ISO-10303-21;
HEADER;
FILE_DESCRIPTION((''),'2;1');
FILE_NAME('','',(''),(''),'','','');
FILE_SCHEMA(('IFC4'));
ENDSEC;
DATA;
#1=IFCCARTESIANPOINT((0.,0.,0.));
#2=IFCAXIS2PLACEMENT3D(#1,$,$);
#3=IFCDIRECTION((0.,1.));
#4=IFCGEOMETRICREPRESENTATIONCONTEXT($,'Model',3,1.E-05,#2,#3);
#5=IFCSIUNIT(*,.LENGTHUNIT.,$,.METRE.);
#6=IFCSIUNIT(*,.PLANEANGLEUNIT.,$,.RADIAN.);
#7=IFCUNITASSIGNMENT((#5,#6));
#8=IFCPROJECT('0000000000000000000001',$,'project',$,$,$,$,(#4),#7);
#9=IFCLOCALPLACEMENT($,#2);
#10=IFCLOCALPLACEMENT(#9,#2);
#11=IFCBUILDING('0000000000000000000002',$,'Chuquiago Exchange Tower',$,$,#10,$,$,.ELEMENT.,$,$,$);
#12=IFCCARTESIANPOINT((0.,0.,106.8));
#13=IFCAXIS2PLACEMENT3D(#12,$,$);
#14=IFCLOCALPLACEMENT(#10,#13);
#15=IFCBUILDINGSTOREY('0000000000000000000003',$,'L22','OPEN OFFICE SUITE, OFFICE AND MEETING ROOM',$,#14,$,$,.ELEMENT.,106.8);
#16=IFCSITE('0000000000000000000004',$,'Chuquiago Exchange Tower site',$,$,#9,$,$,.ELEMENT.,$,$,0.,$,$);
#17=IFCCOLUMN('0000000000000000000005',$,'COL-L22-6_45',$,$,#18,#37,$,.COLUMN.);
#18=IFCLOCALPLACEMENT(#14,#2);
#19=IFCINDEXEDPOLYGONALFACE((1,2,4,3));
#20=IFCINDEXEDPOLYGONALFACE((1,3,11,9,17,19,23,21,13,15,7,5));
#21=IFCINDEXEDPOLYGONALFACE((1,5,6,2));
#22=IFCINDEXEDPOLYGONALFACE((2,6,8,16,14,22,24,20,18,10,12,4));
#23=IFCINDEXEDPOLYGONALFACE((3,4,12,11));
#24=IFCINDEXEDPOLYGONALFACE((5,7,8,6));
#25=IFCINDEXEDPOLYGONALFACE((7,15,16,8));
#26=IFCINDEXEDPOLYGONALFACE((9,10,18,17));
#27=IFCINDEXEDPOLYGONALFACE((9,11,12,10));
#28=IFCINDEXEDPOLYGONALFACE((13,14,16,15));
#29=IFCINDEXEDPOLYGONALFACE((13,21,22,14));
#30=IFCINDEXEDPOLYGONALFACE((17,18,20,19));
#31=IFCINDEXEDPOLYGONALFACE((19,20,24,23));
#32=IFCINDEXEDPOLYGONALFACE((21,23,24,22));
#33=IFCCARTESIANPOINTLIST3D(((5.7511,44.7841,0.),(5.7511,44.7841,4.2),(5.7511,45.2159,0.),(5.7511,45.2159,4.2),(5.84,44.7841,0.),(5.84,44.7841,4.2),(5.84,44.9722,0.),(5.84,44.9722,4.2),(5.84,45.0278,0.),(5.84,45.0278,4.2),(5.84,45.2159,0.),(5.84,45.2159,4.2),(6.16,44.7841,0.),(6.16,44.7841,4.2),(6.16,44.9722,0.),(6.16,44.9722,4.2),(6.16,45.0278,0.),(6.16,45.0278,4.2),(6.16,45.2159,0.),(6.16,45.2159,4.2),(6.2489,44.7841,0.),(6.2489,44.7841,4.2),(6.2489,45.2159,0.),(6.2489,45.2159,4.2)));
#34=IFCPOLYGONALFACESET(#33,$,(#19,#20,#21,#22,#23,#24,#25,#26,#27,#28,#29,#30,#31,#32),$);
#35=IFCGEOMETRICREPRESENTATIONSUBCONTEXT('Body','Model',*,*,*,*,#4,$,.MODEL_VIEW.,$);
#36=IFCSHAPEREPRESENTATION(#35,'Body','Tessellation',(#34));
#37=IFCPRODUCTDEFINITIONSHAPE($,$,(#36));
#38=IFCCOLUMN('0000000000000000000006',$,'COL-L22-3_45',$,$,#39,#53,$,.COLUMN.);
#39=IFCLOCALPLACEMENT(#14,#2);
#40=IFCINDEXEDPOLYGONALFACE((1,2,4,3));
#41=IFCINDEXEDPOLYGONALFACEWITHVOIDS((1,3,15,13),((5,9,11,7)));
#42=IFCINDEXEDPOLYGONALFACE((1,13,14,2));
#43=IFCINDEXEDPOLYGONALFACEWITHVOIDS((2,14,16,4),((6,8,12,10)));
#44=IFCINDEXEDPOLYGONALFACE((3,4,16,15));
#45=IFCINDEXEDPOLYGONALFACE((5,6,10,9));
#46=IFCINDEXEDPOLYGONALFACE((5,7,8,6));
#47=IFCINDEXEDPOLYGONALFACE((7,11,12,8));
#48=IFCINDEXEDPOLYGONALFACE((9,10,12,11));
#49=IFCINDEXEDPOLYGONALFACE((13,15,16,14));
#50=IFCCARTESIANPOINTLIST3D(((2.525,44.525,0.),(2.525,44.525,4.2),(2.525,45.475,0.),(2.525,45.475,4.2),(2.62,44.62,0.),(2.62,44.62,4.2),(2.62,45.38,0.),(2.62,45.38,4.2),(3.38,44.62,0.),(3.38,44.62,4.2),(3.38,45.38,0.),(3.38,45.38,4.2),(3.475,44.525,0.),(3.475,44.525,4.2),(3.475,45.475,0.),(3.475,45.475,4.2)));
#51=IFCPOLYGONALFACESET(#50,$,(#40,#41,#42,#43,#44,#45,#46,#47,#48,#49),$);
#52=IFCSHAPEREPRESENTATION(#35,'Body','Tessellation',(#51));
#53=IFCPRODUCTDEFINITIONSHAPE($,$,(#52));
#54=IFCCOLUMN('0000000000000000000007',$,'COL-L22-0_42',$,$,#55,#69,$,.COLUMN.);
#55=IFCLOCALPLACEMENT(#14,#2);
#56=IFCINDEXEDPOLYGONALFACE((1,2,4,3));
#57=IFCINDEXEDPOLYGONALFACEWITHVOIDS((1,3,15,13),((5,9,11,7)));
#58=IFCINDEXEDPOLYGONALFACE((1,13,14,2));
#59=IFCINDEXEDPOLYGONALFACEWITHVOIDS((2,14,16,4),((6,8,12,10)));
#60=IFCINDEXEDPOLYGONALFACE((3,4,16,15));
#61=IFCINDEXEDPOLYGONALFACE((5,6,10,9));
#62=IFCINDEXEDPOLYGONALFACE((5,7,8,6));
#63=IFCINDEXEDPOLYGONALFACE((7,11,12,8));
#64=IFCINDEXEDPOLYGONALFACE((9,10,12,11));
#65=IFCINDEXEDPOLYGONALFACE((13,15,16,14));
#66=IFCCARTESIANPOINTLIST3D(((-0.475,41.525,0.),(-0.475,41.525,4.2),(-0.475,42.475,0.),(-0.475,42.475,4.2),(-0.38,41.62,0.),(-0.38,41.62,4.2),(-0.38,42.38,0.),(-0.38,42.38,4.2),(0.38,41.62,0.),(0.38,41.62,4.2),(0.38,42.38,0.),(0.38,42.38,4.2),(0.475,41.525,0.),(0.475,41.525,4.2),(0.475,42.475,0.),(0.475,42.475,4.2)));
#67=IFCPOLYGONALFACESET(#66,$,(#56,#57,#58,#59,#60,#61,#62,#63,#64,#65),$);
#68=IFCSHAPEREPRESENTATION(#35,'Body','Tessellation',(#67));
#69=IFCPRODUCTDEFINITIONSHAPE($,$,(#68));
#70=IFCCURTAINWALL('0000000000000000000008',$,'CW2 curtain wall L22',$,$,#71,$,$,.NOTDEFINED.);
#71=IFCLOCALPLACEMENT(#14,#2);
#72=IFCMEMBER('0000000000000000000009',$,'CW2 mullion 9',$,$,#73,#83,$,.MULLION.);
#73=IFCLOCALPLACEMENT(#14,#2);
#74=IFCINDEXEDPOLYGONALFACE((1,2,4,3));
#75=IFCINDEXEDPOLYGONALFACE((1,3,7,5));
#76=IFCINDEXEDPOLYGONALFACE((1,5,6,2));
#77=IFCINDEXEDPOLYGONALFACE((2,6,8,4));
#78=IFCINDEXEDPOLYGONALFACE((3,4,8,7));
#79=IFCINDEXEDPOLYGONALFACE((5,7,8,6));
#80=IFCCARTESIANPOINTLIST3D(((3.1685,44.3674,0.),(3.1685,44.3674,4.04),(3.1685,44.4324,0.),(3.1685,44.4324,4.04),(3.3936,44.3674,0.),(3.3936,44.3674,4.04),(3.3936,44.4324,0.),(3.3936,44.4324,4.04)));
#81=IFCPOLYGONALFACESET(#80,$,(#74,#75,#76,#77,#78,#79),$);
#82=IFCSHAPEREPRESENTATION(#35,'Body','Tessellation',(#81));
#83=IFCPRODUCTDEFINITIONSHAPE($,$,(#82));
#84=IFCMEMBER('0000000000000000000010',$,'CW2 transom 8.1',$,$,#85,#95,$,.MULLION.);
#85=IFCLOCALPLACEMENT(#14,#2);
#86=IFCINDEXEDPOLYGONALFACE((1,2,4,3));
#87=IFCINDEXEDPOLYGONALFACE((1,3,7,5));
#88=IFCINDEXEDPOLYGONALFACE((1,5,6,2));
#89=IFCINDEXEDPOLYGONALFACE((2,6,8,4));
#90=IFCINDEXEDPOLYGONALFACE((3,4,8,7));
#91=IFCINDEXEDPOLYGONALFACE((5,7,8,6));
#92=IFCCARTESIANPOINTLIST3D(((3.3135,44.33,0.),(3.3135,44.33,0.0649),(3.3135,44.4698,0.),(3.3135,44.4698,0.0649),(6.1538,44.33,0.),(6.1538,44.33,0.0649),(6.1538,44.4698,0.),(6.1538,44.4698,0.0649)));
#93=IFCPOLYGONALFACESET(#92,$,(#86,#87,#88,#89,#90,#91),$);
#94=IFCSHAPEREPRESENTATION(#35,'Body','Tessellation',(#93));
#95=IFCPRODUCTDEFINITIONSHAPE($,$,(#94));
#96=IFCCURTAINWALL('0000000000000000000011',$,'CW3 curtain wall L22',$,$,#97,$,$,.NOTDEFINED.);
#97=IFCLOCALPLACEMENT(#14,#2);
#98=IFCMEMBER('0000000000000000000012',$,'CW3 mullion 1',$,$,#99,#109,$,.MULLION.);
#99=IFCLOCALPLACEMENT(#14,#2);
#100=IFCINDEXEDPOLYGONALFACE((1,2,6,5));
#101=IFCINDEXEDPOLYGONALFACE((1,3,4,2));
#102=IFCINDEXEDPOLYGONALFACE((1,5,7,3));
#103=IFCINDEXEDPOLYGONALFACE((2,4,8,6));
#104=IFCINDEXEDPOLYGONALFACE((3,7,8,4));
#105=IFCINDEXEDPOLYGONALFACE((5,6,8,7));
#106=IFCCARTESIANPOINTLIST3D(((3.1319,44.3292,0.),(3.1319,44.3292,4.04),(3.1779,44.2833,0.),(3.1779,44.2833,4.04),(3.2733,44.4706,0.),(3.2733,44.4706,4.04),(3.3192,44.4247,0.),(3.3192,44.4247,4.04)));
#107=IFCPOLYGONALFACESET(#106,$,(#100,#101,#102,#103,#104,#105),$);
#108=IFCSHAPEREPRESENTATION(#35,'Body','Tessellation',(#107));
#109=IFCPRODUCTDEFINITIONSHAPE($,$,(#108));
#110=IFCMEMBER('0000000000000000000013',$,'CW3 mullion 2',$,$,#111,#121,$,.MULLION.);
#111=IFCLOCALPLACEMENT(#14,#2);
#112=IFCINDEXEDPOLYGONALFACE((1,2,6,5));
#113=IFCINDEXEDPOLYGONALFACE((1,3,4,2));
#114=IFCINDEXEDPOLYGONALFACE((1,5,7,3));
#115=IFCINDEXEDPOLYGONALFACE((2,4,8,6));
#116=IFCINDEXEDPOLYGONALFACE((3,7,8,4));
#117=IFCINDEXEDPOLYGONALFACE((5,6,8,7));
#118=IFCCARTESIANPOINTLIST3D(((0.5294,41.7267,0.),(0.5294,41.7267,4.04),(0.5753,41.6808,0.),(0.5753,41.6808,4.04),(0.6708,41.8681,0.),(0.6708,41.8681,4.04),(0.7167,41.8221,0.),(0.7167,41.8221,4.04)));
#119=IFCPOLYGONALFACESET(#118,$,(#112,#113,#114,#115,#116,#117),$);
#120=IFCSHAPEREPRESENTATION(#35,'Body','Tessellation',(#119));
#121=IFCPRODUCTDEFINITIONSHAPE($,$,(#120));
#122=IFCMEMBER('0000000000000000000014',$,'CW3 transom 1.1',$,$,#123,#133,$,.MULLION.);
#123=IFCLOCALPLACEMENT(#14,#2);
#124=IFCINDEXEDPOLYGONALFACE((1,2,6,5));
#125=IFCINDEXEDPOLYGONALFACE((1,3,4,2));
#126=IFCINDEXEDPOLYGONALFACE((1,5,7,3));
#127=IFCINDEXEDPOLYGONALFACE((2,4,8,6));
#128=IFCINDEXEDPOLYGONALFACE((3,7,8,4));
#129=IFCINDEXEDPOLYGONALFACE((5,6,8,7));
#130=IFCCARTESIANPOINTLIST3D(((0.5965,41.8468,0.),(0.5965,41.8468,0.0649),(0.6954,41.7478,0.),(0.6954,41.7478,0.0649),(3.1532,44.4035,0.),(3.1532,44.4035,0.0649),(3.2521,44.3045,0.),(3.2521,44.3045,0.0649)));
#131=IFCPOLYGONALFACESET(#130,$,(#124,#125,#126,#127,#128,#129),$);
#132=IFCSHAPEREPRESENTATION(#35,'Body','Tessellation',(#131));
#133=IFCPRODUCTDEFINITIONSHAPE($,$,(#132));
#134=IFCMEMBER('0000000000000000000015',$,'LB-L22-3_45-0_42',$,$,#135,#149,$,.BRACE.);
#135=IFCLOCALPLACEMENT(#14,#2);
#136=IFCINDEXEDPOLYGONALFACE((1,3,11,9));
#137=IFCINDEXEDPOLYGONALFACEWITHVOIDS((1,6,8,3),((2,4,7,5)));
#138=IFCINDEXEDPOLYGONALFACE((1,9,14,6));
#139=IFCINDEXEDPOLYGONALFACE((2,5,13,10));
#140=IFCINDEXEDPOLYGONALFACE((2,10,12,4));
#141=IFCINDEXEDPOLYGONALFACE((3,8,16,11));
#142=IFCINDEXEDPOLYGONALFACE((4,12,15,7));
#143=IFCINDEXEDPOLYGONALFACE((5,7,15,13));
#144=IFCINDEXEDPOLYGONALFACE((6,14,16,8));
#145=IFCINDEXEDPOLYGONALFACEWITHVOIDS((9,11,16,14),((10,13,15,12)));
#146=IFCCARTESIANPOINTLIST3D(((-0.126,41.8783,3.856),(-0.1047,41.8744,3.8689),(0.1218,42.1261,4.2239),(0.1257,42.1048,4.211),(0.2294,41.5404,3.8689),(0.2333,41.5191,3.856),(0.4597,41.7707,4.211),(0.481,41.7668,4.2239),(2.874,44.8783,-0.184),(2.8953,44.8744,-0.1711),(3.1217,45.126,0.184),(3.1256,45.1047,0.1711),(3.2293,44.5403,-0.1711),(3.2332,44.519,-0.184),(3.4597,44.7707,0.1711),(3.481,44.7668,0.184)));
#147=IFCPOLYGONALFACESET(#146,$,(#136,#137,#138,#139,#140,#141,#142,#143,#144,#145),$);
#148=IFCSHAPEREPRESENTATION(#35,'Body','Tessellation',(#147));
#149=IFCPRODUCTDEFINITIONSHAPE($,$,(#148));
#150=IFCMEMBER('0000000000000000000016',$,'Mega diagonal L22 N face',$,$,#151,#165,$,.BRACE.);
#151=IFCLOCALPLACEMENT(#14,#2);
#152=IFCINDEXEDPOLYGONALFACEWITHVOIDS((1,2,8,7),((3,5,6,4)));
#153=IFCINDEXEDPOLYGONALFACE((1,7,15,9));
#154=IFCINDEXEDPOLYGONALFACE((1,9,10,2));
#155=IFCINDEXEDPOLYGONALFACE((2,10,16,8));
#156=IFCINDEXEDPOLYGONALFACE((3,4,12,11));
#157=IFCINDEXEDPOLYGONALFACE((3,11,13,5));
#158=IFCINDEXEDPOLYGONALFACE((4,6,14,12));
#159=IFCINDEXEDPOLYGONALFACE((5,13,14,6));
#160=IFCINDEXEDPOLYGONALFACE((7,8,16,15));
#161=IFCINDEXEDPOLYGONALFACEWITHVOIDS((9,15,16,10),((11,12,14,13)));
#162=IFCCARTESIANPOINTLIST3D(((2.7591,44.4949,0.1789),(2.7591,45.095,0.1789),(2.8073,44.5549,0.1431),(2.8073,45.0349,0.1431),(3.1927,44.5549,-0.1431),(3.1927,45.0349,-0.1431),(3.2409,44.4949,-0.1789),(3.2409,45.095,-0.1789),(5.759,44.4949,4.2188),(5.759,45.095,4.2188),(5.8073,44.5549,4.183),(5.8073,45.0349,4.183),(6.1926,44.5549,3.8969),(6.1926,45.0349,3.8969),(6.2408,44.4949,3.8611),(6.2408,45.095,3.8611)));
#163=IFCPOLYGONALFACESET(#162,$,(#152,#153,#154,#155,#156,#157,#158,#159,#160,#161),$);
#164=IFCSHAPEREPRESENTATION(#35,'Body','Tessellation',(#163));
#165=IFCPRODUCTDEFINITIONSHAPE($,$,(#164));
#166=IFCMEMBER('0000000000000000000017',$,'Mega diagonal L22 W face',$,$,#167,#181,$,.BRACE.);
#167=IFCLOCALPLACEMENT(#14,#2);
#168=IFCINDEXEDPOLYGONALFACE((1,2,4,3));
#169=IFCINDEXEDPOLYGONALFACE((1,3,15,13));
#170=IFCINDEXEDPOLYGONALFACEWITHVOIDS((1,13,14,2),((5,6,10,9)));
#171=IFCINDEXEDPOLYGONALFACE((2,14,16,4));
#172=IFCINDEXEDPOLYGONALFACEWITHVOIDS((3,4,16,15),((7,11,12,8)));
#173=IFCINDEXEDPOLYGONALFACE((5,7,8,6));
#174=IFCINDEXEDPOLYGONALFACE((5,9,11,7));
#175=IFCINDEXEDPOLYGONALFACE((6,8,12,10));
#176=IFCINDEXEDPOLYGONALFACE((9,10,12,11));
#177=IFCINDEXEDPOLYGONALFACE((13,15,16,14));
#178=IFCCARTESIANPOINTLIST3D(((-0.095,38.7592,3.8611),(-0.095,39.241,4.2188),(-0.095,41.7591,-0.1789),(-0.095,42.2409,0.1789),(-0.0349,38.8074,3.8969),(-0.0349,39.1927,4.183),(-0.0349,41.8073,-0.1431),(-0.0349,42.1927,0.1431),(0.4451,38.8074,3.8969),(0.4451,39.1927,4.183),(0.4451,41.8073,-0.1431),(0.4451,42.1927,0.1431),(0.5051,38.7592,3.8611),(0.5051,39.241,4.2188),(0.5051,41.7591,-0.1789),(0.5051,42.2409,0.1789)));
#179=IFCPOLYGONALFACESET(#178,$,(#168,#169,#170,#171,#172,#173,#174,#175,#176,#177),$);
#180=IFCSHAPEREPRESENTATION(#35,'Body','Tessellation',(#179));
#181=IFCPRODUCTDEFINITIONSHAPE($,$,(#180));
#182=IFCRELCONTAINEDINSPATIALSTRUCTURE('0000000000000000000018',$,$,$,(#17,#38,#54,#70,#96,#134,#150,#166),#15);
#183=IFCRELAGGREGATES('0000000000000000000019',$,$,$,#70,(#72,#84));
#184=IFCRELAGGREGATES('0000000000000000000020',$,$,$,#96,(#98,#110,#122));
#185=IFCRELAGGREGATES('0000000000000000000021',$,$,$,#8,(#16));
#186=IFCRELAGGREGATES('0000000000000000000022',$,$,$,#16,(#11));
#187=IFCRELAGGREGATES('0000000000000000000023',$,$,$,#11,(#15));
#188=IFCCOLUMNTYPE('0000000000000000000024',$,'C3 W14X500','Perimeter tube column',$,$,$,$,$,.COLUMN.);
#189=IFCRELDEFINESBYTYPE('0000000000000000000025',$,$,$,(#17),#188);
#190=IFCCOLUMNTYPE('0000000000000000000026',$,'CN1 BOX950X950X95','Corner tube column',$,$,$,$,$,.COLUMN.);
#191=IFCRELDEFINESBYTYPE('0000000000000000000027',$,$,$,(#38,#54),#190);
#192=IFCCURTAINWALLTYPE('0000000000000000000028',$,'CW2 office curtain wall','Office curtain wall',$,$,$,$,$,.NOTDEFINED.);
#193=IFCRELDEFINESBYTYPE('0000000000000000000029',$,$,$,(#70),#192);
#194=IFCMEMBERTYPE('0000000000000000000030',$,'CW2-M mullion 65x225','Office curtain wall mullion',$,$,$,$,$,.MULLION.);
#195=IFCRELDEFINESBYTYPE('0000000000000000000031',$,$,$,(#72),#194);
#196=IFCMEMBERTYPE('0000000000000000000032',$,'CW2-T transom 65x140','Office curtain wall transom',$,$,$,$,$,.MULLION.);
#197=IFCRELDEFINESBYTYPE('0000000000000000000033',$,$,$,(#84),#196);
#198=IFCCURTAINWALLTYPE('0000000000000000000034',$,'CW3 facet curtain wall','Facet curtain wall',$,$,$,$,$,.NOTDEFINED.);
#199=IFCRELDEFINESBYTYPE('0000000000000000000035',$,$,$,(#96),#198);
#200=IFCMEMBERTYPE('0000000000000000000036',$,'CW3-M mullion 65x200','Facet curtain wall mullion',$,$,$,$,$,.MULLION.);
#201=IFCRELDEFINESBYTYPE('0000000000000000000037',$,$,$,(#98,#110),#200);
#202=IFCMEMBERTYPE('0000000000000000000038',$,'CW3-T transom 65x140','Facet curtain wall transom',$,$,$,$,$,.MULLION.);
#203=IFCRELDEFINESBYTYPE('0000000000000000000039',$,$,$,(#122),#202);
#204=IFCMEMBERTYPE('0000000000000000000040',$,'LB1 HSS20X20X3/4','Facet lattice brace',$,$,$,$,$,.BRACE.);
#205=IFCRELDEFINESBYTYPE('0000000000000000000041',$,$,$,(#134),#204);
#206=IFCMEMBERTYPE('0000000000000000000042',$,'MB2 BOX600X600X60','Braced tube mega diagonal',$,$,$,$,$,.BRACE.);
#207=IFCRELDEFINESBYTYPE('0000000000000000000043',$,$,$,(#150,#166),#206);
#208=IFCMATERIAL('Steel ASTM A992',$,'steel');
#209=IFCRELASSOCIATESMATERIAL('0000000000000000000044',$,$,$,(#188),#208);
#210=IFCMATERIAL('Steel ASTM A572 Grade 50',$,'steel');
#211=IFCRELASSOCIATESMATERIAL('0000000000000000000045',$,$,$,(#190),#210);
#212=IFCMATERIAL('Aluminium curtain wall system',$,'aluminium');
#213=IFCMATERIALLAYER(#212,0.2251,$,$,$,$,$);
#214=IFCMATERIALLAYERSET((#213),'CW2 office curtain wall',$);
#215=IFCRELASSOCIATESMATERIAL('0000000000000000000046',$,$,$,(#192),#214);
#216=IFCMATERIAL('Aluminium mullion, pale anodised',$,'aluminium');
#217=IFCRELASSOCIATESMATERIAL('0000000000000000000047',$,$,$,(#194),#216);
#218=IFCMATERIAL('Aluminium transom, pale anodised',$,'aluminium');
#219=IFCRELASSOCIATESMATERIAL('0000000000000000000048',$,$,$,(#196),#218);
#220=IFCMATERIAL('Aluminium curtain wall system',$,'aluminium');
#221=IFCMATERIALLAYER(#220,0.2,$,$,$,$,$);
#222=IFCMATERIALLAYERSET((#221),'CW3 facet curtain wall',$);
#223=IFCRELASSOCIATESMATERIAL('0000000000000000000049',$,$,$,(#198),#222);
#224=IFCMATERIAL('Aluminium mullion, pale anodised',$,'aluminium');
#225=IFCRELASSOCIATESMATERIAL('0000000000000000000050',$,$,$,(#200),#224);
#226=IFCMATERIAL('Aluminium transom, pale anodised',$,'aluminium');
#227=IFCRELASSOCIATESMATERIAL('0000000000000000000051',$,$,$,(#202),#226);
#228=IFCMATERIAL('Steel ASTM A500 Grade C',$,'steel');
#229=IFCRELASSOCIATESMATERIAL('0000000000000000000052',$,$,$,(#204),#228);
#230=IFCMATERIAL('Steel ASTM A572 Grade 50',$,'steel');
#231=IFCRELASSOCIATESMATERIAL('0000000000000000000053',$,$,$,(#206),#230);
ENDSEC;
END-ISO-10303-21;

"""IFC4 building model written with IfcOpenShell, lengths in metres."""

from ifc_helpers import new_model, si_unit, direction, frame, origin, origin_2d, place, context, subcontext, project, spatial, rectangle, hollow_rectangle, i_section, extrude, material, layer, layer_set, material_profile, profile_set, type_object, element, aggregate, save


model = new_model("IFC4")

# Units and contexts
model_context = context("Model", 3, precision=1e-05, world=origin(), true_north=direction((0.0, 1.0)))
body_context = subcontext(model_context, "Body", "Model", "MODEL_VIEW")
ifc_project = project(units=[si_unit("LENGTHUNIT", "METRE"), si_unit("PLANEANGLEUNIT", "RADIAN")], contexts=[model_context])

# Site, building, storey
site_placement = place(None, origin())
site = spatial("IfcSite", under=ifc_project, at=site_placement, Name="Chuquiago Exchange Tower site", CompositionType="ELEMENT", RefElevation=0.0)
building_placement = place(site_placement, origin())
building = spatial("IfcBuilding", under=site, at=building_placement, Name="Chuquiago Exchange Tower", CompositionType="ELEMENT")
storey_placement = place(building_placement, frame((0.0, 0.0, 106.8)))
storey = spatial("IfcBuildingStorey", under=building, at=storey_placement, Name="L22", Description="OPEN OFFICE SUITE, OFFICE AND MEETING ROOM", CompositionType="ELEMENT", Elevation=106.8)

# Columns
ifc_material_1 = material(Name="Steel ASTM A992", Category="steel")
ifc_material_profile_1 = material_profile(ifc_material_1, i_section(OverallWidth=0.4319, OverallDepth=0.4978, WebThickness=0.0557, FlangeThickness=0.0889, at=origin_2d()), Name="W14X500")
ifc_profile_set_1 = profile_set([ifc_material_profile_1], Name="Steel ASTM A992")
column_type_1 = type_object("IfcColumnType", Name="C3 W14X500", Description="Perimeter tube column", PredefinedType="COLUMN", material=ifc_profile_set_1)
column_placement = place(storey_placement, frame((6.0, 45.0, 0.0), z_axis=(0.0, 0.0, 1.0), x_axis=(0.0, 1.0, 0.0)))
element("IfcColumn", 1, at=column_placement, inside=storey, type_object=column_type_1, Name="COL-L22-6_45", PredefinedType="COLUMN", context=body_context, shape_type="SweptSolid", body=[
    extrude(i_section(OverallWidth=0.4319, OverallDepth=0.4978, WebThickness=0.0557, FlangeThickness=0.0889, at=origin_2d()), origin(), (0.0, 0.0, 1.0), 4.2),
])
ifc_material_2 = material(Name="Steel ASTM A572 Grade 50", Category="steel")
ifc_material_profile_2 = material_profile(ifc_material_2, hollow_rectangle(XDim=0.95, YDim=0.95, WallThickness=0.095, at=origin_2d()), Name="BOX950X950X95")
ifc_profile_set_2 = profile_set([ifc_material_profile_2], Name="Steel ASTM A572 Grade 50")
column_type_2 = type_object("IfcColumnType", Name="CN1 BOX950X950X95", Description="Corner tube column", PredefinedType="COLUMN", material=ifc_profile_set_2)
for number, where, z_axis, x_axis, name in (
    (2, (3.0, 45.0, 0.0), (0.0, 0.0, 1.0), (0.0, 1.0, 0.0), "COL-L22-3_45"),
    (3, (0.0, 42.0, 0.0), (0.0, 0.0, 1.0), (-1.0, 0.0, 0.0), "COL-L22-0_42"),
):
    element("IfcColumn", number, at=place(storey_placement, frame(where, z_axis=z_axis, x_axis=x_axis)), inside=storey, type_object=column_type_2, Name=name, PredefinedType="COLUMN", context=body_context, shape_type="SweptSolid", body=[
        extrude(hollow_rectangle(XDim=0.95, YDim=0.95, WallThickness=0.095, at=origin_2d()), origin(), (0.0, 0.0, 1.0), 4.2),
    ])

# Curtain walls, members
ifc_material_3 = material(Name="Aluminium curtain wall system", Category="aluminium")
ifc_layer_1 = layer(ifc_material_3, 0.2251)
ifc_layer_set_1 = layer_set([ifc_layer_1], Name="CW2 office curtain wall")
curtain_wall_type_1 = type_object("IfcCurtainWallType", Name="CW2 office curtain wall", Description="Office curtain wall", PredefinedType="NOTDEFINED", material=ifc_layer_set_1)
curtain_wall_1_placement = place(storey_placement, origin())
curtain_wall_1 = element("IfcCurtainWall", 4, at=curtain_wall_1_placement, inside=storey, type_object=curtain_wall_type_1, Name="CW2 curtain wall L22", PredefinedType="NOTDEFINED")
ifc_material_4 = material(Name="Aluminium mullion, pale anodised", Category="aluminium")
ifc_material_profile_3 = material_profile(ifc_material_4, rectangle(XDim=0.0649, YDim=0.2251, at=origin_2d()), Name="AL 65x225")
ifc_profile_set_3 = profile_set([ifc_material_profile_3], Name="Aluminium mullion, pale anodised")
member_type_1 = type_object("IfcMemberType", Name="CW2-M mullion 65x225", Description="Office curtain wall mullion", PredefinedType="MULLION", material=ifc_profile_set_3)
member_1_placement = place(storey_placement, frame((3.281, 44.3999, 0.0), z_axis=(0.0, 0.0, 1.0), x_axis=(0.0, -1.0, 0.0)))
member_1 = element("IfcMember", 5, at=member_1_placement, type_object=member_type_1, Name="CW2 mullion 9", PredefinedType="MULLION", context=body_context, shape_type="SweptSolid", body=[
    extrude(rectangle(XDim=0.0649, YDim=0.2251, at=origin_2d()), origin(), (0.0, 0.0, 1.0), 4.04),
])
ifc_material_5 = material(Name="Aluminium transom, pale anodised", Category="aluminium")
ifc_material_profile_4 = material_profile(ifc_material_5, rectangle(XDim=0.1399, YDim=0.0649, at=origin_2d()), Name="AL 140x65")
ifc_profile_set_4 = profile_set([ifc_material_profile_4], Name="Aluminium transom, pale anodised")
member_type_2 = type_object("IfcMemberType", Name="CW2-T transom 65x140", Description="Office curtain wall transom", PredefinedType="MULLION", material=ifc_profile_set_4)
member_2_placement = place(storey_placement, frame((6.1538, 44.3999, 0.0325), z_axis=(-1.0, 0.0, 0.0), x_axis=(0.0, -1.0, 0.0)))
member_2 = element("IfcMember", 6, at=member_2_placement, type_object=member_type_2, Name="CW2 transom 8.1", PredefinedType="MULLION", context=body_context, shape_type="SweptSolid", body=[
    extrude(rectangle(XDim=0.1399, YDim=0.0649, at=origin_2d()), origin(), (0.0, 0.0, 1.0), 2.8403),
])
ifc_material_6 = material(Name="Aluminium curtain wall system", Category="aluminium")
ifc_layer_2 = layer(ifc_material_6, 0.2)
ifc_layer_set_2 = layer_set([ifc_layer_2], Name="CW3 facet curtain wall")
curtain_wall_type_2 = type_object("IfcCurtainWallType", Name="CW3 facet curtain wall", Description="Facet curtain wall", PredefinedType="NOTDEFINED", material=ifc_layer_set_2)
curtain_wall_2_placement = place(storey_placement, origin())
curtain_wall_2 = element("IfcCurtainWall", 7, at=curtain_wall_2_placement, inside=storey, type_object=curtain_wall_type_2, Name="CW3 curtain wall L22", PredefinedType="NOTDEFINED")
ifc_material_7 = material(Name="Aluminium mullion, pale anodised", Category="aluminium")
ifc_material_profile_5 = material_profile(ifc_material_7, rectangle(XDim=0.0649, YDim=0.2, at=origin_2d()), Name="AL 65x200")
ifc_profile_set_5 = profile_set([ifc_material_profile_5], Name="Aluminium mullion, pale anodised")
member_type_3 = type_object("IfcMemberType", Name="CW3-M mullion 65x200", Description="Facet curtain wall mullion", PredefinedType="MULLION", material=ifc_profile_set_5)
member_3_placement = place(storey_placement, frame((3.2256, 44.377, 0.0), z_axis=(0.0, 0.0, 1.0), x_axis=(0.707107, -0.707107, 0.0)))
member_3 = element("IfcMember", 8, at=member_3_placement, type_object=member_type_3, Name="CW3 mullion 1", PredefinedType="MULLION", context=body_context, shape_type="SweptSolid", body=[
    extrude(rectangle(XDim=0.0649, YDim=0.2, at=origin_2d()), origin(), (0.0, 0.0, 1.0), 4.04),
])
member_4_placement = place(storey_placement, frame((0.623, 41.7744, 0.0), z_axis=(0.0, 0.0, 1.0), x_axis=(0.707107, -0.707107, 0.0)))
member_4 = element("IfcMember", 9, at=member_4_placement, type_object=member_type_3, Name="CW3 mullion 2", PredefinedType="MULLION", context=body_context, shape_type="SweptSolid", body=[
    extrude(rectangle(XDim=0.0649, YDim=0.2, at=origin_2d()), origin(), (0.0, 0.0, 1.0), 4.04),
])
ifc_material_8 = material(Name="Aluminium transom, pale anodised", Category="aluminium")
ifc_material_profile_6 = material_profile(ifc_material_8, rectangle(XDim=0.1399, YDim=0.0649, at=origin_2d()), Name="AL 140x65")
ifc_profile_set_6 = profile_set([ifc_material_profile_6], Name="Aluminium transom, pale anodised")
member_type_4 = type_object("IfcMemberType", Name="CW3-T transom 65x140", Description="Facet curtain wall transom", PredefinedType="MULLION", material=ifc_profile_set_6)
member_5_placement = place(storey_placement, frame((3.2026, 44.354, 0.0325), z_axis=(-0.707107, -0.707107, 0.0), x_axis=(0.707107, -0.707107, 0.0)))
member_5 = element("IfcMember", 10, at=member_5_placement, type_object=member_type_4, Name="CW3 transom 1.1", PredefinedType="MULLION", context=body_context, shape_type="SweptSolid", body=[
    extrude(rectangle(XDim=0.1399, YDim=0.0649, at=origin_2d()), origin(), (0.0, 0.0, 1.0), 3.6157),
])

# Members
ifc_material_9 = material(Name="Steel ASTM A500 Grade C", Category="steel")
ifc_material_profile_7 = material_profile(ifc_material_9, hollow_rectangle(XDim=0.5081, YDim=0.5081, WallThickness=0.0178, at=origin_2d()), Name="HSS20X20X3/4")
ifc_profile_set_7 = profile_set([ifc_material_profile_7], Name="Steel ASTM A500 Grade C")
member_type_5 = type_object("IfcMemberType", Name="LB1 HSS20X20X3/4", Description="Facet lattice brace", PredefinedType="BRACE", material=ifc_profile_set_7)
member_6_placement = place(storey_placement, frame((3.1775, 44.8225, 0.0), z_axis=(-0.512077, -0.512077, 0.689604), x_axis=(0.707107, -0.707107, 0.0)))
element("IfcMember", 11, at=member_6_placement, inside=storey, type_object=member_type_5, Name="LB-L22-3_45-0_42", PredefinedType="BRACE", context=body_context, shape_type="SweptSolid", body=[
    extrude(hollow_rectangle(XDim=0.5081, YDim=0.5081, WallThickness=0.0178, at=origin_2d()), origin(), (0.0, 0.0, 1.0), 5.8584),
])
ifc_material_10 = material(Name="Steel ASTM A572 Grade 50", Category="steel")
ifc_material_profile_8 = material_profile(ifc_material_10, hollow_rectangle(XDim=0.6001, YDim=0.6001, WallThickness=0.0601, at=origin_2d()), Name="BOX600X600X60")
ifc_profile_set_8 = profile_set([ifc_material_profile_8], Name="Steel ASTM A572 Grade 50")
member_type_6 = type_object("IfcMemberType", Name="MB2 BOX600X600X60", Description="Braced tube mega diagonal", PredefinedType="BRACE", material=ifc_profile_set_8)
for number, where, z_axis, x_axis, name in (
    (12, (3.0, 44.7949, 0.0), (0.596174, 0.0, 0.802855), (0.0, 1.0, 0.0), "Mega diagonal L22 N face"),
    (13, (0.2051, 42.0, 0.0), (0.0, -0.596174, 0.802855), (1.0, 0.0, 0.0), "Mega diagonal L22 W face"),
):
    element("IfcMember", number, at=place(storey_placement, frame(where, z_axis=z_axis, x_axis=x_axis)), inside=storey, type_object=member_type_6, Name=name, PredefinedType="BRACE", context=body_context, shape_type="SweptSolid", body=[
        extrude(hollow_rectangle(XDim=0.6001, YDim=0.6001, WallThickness=0.0601, at=origin_2d()), origin(), (0.0, 0.0, 1.0), 5.032),
    ])

aggregate(curtain_wall_1, [member_1, member_2])
aggregate(curtain_wall_2, [member_3, member_4, member_5])

save(model, "model.ifc")
